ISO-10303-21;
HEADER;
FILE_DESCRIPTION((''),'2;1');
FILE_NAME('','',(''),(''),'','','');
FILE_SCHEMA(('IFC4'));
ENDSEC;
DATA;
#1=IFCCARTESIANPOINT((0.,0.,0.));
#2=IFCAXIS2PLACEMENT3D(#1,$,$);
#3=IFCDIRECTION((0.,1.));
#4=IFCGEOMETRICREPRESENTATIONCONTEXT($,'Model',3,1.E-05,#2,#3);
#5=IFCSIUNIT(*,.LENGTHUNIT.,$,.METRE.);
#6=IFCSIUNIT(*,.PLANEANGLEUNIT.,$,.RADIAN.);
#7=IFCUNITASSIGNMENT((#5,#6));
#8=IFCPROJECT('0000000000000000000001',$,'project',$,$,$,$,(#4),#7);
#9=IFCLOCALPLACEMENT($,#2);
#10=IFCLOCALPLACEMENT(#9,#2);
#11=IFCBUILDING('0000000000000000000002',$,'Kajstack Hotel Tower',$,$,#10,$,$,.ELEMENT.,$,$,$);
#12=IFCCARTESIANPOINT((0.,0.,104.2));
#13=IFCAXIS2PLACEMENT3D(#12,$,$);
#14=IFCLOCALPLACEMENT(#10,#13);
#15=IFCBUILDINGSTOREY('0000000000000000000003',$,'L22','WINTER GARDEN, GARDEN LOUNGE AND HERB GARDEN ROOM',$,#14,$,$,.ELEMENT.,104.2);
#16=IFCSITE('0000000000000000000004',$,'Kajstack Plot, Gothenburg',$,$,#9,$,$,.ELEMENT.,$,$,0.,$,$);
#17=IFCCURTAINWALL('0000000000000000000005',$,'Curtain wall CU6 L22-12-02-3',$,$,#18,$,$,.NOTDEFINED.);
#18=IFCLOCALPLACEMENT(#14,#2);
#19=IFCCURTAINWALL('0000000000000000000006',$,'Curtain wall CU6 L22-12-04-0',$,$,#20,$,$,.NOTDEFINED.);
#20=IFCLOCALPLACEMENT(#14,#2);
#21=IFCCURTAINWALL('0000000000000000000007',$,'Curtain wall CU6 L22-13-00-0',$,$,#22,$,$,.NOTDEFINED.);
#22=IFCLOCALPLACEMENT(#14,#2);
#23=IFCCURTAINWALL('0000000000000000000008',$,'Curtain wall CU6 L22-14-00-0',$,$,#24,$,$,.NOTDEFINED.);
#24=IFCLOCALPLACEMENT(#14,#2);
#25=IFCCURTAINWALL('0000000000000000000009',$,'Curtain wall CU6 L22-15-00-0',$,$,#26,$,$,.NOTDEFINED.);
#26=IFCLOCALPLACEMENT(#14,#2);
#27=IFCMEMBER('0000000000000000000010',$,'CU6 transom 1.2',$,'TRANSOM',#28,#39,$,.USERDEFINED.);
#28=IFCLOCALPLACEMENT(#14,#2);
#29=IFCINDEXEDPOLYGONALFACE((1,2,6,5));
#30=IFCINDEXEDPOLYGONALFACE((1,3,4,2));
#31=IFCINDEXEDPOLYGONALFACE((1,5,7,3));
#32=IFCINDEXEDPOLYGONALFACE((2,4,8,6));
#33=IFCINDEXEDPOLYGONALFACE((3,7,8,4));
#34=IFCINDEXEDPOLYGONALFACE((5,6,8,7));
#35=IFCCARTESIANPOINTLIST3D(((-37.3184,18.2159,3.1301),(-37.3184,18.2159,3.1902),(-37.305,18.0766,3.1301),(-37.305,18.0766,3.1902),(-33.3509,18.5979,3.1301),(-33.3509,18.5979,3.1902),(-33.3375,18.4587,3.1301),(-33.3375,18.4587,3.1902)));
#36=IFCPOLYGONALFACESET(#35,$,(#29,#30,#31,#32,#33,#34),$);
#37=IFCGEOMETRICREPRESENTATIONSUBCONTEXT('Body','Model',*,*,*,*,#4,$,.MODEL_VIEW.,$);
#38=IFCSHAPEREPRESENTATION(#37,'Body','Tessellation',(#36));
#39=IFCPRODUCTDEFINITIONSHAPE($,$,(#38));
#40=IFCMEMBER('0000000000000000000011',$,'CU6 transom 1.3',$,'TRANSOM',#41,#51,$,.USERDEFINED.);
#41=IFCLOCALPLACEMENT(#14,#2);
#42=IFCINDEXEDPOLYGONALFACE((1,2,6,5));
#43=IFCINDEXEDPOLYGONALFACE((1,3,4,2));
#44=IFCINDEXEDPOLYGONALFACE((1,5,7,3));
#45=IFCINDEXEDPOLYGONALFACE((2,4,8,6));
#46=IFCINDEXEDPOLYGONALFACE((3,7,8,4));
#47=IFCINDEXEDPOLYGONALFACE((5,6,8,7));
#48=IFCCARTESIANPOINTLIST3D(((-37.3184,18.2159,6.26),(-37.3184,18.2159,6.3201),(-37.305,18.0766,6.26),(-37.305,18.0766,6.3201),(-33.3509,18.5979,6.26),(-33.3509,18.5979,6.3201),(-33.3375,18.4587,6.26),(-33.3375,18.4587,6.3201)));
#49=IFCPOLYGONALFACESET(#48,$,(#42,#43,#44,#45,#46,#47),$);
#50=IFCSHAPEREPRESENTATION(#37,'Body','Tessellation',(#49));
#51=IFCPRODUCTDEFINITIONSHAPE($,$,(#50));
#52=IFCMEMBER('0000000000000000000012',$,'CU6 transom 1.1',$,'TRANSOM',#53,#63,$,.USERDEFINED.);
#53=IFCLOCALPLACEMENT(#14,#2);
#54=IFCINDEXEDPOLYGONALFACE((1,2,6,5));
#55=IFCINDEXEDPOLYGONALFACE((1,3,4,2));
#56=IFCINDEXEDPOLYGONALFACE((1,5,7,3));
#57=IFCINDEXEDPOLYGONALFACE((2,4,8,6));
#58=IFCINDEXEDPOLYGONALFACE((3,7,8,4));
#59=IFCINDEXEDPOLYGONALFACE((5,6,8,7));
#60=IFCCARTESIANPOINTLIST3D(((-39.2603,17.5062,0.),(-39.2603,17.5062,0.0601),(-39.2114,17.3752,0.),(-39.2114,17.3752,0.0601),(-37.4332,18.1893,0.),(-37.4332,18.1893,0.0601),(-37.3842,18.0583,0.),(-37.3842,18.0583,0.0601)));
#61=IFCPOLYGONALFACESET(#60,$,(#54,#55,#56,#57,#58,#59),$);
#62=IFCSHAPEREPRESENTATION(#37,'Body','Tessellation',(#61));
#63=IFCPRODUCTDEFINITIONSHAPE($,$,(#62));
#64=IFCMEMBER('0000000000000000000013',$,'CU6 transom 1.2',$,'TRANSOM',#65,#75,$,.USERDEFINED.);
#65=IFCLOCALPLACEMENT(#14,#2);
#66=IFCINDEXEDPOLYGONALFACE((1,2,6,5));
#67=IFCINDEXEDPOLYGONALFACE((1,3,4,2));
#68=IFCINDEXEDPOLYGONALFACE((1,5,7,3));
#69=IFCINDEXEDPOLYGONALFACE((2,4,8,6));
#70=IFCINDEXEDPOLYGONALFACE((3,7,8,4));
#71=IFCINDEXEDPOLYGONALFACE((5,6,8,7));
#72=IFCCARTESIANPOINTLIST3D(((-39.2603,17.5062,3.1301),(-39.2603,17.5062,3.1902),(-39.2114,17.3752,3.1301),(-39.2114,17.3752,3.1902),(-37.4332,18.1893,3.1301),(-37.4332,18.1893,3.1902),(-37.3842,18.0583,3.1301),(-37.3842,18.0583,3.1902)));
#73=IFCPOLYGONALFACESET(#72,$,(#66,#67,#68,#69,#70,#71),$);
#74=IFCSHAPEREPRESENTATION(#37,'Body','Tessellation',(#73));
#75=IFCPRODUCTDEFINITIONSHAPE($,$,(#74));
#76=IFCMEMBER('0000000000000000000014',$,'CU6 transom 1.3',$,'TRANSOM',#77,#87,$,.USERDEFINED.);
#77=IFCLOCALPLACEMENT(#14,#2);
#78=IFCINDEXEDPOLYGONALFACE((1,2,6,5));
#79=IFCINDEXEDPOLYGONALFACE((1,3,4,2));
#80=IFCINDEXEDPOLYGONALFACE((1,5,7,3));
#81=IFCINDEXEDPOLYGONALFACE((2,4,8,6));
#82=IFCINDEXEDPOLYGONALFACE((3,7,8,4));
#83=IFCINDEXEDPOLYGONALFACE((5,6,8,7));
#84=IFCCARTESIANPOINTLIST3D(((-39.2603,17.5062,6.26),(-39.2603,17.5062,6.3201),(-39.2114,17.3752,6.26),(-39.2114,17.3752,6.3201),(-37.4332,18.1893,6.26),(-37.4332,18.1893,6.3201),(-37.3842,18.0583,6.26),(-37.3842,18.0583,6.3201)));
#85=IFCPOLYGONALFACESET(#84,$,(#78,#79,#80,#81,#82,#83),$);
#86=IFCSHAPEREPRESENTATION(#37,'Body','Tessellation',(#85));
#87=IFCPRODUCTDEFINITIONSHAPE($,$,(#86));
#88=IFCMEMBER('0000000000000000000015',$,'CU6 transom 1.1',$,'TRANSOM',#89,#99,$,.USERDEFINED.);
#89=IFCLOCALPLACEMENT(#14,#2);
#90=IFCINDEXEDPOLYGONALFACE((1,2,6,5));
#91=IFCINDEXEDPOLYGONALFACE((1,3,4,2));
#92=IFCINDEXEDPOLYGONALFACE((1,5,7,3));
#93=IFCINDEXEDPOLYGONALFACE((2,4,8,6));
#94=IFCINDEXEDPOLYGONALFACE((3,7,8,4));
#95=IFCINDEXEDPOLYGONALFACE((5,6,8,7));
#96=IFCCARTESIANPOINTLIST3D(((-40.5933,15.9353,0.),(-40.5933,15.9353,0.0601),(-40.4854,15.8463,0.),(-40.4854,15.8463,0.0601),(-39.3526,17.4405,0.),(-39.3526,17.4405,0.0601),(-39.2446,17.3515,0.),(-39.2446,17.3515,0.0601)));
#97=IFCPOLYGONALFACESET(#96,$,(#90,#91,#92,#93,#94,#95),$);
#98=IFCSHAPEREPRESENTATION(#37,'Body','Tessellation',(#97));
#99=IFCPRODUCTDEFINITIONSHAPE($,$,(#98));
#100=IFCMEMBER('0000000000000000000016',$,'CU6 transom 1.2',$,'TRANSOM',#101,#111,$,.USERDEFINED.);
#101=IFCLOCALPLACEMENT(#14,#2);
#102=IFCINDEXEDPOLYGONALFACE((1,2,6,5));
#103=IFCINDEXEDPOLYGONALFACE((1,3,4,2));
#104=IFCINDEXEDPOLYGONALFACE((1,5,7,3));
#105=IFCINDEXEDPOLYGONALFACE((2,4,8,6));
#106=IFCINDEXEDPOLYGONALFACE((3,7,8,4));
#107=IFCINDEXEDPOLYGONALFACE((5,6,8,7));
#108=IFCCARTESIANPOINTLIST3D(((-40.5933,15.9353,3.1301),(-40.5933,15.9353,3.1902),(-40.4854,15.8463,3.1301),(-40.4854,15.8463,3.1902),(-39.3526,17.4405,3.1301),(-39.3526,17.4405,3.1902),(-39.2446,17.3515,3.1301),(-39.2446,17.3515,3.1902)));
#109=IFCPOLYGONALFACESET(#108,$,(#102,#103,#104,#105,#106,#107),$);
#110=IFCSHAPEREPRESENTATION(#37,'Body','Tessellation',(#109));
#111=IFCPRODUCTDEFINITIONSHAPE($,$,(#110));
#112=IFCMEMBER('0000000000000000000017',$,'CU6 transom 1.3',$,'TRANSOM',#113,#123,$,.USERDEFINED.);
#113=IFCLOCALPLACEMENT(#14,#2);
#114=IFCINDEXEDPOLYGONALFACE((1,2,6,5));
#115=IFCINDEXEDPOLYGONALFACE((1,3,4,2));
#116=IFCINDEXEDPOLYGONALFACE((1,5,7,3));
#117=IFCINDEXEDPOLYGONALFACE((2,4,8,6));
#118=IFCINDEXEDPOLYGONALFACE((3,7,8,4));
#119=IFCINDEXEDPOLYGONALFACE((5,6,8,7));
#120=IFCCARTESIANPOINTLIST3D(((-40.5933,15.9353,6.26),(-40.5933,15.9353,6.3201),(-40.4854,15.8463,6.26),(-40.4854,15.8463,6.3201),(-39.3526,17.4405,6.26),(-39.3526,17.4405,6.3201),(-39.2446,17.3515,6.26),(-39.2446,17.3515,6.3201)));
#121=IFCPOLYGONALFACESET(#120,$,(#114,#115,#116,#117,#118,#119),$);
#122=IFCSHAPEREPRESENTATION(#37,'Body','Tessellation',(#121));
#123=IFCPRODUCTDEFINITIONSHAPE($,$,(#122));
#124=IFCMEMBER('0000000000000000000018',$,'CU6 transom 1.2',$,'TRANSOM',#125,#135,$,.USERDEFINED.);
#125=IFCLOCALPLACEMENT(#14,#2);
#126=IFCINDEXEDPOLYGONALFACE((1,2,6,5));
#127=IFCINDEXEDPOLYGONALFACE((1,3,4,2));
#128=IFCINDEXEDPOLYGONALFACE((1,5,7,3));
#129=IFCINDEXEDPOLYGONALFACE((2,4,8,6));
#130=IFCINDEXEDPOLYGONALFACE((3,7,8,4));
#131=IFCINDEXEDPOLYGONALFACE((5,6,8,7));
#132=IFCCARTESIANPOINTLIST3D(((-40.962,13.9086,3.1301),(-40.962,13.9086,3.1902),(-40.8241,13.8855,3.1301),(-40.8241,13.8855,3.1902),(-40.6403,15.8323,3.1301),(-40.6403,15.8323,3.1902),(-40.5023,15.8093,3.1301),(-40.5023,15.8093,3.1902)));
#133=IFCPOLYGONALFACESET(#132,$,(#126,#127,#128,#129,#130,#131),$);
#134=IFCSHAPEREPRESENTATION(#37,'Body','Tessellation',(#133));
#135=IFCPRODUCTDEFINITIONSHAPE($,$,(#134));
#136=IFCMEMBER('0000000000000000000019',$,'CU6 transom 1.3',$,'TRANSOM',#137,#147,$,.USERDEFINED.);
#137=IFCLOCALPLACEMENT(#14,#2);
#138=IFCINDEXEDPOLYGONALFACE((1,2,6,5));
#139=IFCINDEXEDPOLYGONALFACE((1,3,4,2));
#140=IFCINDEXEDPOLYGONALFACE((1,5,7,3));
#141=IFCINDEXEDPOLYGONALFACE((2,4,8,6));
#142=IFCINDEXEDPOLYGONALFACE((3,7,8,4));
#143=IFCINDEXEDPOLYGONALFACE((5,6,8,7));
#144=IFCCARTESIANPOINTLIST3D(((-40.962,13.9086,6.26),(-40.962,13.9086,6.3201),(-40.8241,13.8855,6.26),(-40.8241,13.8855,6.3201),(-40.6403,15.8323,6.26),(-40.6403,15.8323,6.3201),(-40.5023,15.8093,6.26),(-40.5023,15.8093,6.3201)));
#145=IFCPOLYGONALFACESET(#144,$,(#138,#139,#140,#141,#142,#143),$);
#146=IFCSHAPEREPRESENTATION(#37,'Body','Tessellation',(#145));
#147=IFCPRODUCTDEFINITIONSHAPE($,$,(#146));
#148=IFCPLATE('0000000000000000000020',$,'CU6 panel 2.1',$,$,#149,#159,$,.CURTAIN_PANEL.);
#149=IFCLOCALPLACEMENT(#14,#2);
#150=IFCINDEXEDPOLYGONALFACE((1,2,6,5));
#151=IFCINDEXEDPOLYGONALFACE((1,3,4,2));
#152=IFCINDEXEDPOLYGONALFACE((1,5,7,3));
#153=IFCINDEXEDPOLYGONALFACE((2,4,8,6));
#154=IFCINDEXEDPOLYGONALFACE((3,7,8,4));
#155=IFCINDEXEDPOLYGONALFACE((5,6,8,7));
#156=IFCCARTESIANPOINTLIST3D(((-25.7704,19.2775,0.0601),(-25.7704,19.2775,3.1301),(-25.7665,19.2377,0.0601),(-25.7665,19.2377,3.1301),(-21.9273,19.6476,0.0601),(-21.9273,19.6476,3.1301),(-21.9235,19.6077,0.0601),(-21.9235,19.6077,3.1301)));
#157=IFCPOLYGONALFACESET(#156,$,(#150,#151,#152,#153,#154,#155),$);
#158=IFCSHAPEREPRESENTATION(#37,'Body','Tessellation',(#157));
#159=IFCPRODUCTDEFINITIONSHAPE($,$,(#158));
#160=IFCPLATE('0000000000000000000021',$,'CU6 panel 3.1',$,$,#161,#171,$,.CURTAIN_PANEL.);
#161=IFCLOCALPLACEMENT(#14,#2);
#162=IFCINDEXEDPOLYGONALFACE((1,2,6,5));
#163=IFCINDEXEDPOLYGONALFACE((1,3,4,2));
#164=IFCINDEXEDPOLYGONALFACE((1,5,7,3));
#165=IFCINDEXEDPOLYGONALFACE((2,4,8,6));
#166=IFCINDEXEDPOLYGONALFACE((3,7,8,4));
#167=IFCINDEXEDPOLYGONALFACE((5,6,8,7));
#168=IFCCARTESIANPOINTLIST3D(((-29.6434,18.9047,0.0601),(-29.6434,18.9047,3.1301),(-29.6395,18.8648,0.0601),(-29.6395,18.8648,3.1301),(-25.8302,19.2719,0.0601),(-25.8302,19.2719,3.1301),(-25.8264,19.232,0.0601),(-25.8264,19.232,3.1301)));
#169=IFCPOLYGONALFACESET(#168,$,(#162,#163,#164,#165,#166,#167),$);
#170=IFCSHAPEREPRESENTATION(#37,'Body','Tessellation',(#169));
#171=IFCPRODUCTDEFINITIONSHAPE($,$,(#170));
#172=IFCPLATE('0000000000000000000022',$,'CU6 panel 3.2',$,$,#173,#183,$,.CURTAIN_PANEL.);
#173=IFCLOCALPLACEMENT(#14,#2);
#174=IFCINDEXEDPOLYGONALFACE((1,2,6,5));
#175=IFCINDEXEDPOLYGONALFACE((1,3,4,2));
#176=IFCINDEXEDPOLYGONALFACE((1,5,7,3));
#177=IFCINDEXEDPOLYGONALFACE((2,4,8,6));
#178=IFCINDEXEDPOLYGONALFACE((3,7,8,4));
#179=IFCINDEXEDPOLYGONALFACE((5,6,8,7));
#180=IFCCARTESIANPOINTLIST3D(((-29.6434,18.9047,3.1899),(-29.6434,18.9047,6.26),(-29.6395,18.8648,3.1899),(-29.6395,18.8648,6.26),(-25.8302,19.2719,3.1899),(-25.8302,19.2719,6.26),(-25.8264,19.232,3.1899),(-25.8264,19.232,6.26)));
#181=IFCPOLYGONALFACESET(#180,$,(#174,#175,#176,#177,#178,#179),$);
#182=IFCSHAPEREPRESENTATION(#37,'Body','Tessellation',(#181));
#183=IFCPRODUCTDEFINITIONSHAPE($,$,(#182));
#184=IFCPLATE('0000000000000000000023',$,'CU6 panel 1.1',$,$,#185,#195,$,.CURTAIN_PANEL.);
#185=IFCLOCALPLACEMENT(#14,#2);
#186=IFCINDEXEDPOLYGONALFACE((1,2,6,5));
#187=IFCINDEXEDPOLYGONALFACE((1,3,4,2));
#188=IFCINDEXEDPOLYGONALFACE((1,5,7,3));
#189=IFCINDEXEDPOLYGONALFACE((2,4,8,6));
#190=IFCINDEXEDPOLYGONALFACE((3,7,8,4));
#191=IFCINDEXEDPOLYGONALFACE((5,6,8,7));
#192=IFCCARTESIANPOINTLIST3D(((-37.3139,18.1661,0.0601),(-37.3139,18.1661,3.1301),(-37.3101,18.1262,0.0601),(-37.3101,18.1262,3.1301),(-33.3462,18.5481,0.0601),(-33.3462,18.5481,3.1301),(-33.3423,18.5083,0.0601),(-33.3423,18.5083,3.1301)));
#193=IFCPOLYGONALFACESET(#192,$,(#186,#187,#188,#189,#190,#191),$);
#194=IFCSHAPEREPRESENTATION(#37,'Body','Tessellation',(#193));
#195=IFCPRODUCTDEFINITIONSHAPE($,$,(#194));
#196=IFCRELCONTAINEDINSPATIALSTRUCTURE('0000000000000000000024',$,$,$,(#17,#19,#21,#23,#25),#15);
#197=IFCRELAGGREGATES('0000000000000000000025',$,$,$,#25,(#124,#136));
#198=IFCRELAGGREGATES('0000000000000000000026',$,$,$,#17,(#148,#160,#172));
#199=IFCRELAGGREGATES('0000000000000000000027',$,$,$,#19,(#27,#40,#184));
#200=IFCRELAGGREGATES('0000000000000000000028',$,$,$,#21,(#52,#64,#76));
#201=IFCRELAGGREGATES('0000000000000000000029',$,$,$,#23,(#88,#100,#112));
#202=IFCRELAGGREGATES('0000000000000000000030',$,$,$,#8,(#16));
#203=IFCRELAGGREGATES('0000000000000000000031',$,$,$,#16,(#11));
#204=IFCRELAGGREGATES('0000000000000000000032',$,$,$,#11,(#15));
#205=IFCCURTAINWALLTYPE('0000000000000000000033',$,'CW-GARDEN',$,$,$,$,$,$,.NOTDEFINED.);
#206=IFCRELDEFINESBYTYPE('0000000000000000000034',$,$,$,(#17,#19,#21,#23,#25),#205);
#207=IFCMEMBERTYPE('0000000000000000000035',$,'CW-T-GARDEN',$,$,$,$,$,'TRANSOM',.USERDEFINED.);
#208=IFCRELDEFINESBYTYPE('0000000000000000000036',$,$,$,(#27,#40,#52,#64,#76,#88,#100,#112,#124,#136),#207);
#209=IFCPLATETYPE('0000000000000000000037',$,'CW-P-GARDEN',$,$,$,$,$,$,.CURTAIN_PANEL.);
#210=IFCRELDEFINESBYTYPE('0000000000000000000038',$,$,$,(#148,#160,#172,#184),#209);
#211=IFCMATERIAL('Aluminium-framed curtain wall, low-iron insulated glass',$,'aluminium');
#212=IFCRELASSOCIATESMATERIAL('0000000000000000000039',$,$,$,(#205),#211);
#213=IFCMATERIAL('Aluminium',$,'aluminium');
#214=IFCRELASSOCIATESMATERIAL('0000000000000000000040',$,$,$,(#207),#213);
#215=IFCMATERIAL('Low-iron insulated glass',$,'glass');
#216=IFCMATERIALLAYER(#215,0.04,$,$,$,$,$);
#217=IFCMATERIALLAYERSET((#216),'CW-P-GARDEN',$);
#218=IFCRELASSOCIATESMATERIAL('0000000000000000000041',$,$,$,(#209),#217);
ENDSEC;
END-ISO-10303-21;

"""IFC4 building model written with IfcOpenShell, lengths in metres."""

from ifc_helpers import new_model, si_unit, direction, frame, origin, origin_2d, place, context, subcontext, project, spatial, rectangle, extrude, material, layer, layer_set, material_profile, profile_set, type_object, element, aggregate, save


model = new_model("IFC4")

# Units and contexts
model_context = context("Model", 3, precision=1e-05, world=origin(), true_north=direction((0.0, 1.0)))
body_context = subcontext(model_context, "Body", "Model", "MODEL_VIEW")
ifc_project = project(units=[si_unit("LENGTHUNIT", "METRE"), si_unit("PLANEANGLEUNIT", "RADIAN")], contexts=[model_context])

# Site, building, storey
site_placement = place(None, origin())
site = spatial("IfcSite", under=ifc_project, at=site_placement, Name="Kajstack Plot, Gothenburg", CompositionType="ELEMENT", RefElevation=0.0)
building_placement = place(site_placement, origin())
building = spatial("IfcBuilding", under=site, at=building_placement, Name="Kajstack Hotel Tower", CompositionType="ELEMENT")
storey_placement = place(building_placement, frame((0.0, 0.0, 104.2)))
storey = spatial("IfcBuildingStorey", under=building, at=storey_placement, Name="L22", Description="WINTER GARDEN, GARDEN LOUNGE AND HERB GARDEN ROOM", CompositionType="ELEMENT", Elevation=104.2)

# Curtain walls
ifc_material_1 = material(Name="Aluminium-framed curtain wall, low-iron insulated glass", Category="aluminium")
curtain_wall_type = type_object("IfcCurtainWallType", Name="CW-GARDEN", PredefinedType="NOTDEFINED", material=ifc_material_1)
curtain_wall_1_placement = place(storey_placement, origin())
curtain_wall_1 = element("IfcCurtainWall", 1, at=curtain_wall_1_placement, inside=storey, type_object=curtain_wall_type, Name="Curtain wall CU6 L22-12-02-3", PredefinedType="NOTDEFINED")
ifc_material_2 = material(Name="Aluminium", Category="aluminium")
curtain_wall_2_placement = place(storey_placement, origin())
curtain_wall_2 = element("IfcCurtainWall", 2, at=curtain_wall_2_placement, inside=storey, type_object=curtain_wall_type, Name="Curtain wall CU6 L22-12-04-0", PredefinedType="NOTDEFINED")
curtain_wall_3_placement = place(storey_placement, origin())
curtain_wall_3 = element("IfcCurtainWall", 3, at=curtain_wall_3_placement, inside=storey, type_object=curtain_wall_type, Name="Curtain wall CU6 L22-13-00-0", PredefinedType="NOTDEFINED")
curtain_wall_4_placement = place(storey_placement, origin())
curtain_wall_4 = element("IfcCurtainWall", 4, at=curtain_wall_4_placement, inside=storey, type_object=curtain_wall_type, Name="Curtain wall CU6 L22-14-00-0", PredefinedType="NOTDEFINED")

# Curtain wall
curtain_wall_5_placement = place(storey_placement, origin())
curtain_wall_5 = element("IfcCurtainWall", 5, at=curtain_wall_5_placement, inside=storey, type_object=curtain_wall_type, Name="Curtain wall CU6 L22-15-00-0", PredefinedType="NOTDEFINED")

# Members
ifc_material_profile_1 = material_profile(ifc_material_2, rectangle(XDim=0.1399, YDim=0.0601, at=origin_2d()), Name="Aluminium transom 140 x 60")
ifc_profile_set_1 = profile_set([ifc_material_profile_1], Name="Aluminium")
member_type_1 = type_object("IfcMemberType", Name="CW-T-GARDEN", ElementType="TRANSOM", PredefinedType="USERDEFINED", material=ifc_profile_set_1)
member_1_placement = place(storey_placement, frame((-33.3442, 18.5283, 3.1602), z_axis=(-0.995395, -0.095858, 0.0), x_axis=(0.095858, -0.995395, 0.0)))
member_1 = element("IfcMember", 6, at=member_1_placement, type_object=member_type_1, Name="CU6 transom 1.2", ObjectType="TRANSOM", PredefinedType="USERDEFINED", context=body_context, shape_type="SweptSolid", body=[
    extrude(rectangle(XDim=0.1399, YDim=0.0601, at=origin_2d()), origin(), (0.0, 0.0, 1.0), 3.9858),
])
member_2_placement = place(storey_placement, frame((-33.3442, 18.5283, 6.29), z_axis=(-0.995395, -0.095858, 0.0), x_axis=(0.095858, -0.995395, 0.0)))
member_2 = element("IfcMember", 7, at=member_2_placement, type_object=member_type_1, Name="CU6 transom 1.3", ObjectType="TRANSOM", PredefinedType="USERDEFINED", context=body_context, shape_type="SweptSolid", body=[
    extrude(rectangle(XDim=0.1399, YDim=0.0601, at=origin_2d()), origin(), (0.0, 0.0, 1.0), 3.9858),
])
member_3_placement = place(storey_placement, frame((-37.4087, 18.1238, 0.03), z_axis=(-0.936678, -0.350191, 0.0), x_axis=(0.350191, -0.936678, 0.0)))
member_3 = element("IfcMember", 8, at=member_3_placement, type_object=member_type_1, Name="CU6 transom 1.1", ObjectType="TRANSOM", PredefinedType="USERDEFINED", context=body_context, shape_type="SweptSolid", body=[
    extrude(rectangle(XDim=0.1399, YDim=0.0601, at=origin_2d()), origin(), (0.0, 0.0, 1.0), 1.9507),
])
member_4_placement = place(storey_placement, frame((-37.4087, 18.1238, 3.1602), z_axis=(-0.936678, -0.350191, 0.0), x_axis=(0.350191, -0.936678, 0.0)))
member_4 = element("IfcMember", 9, at=member_4_placement, type_object=member_type_1, Name="CU6 transom 1.2", ObjectType="TRANSOM", PredefinedType="USERDEFINED", context=body_context, shape_type="SweptSolid", body=[
    extrude(rectangle(XDim=0.1399, YDim=0.0601, at=origin_2d()), origin(), (0.0, 0.0, 1.0), 1.9507),
])
member_5_placement = place(storey_placement, frame((-37.4087, 18.1238, 6.29), z_axis=(-0.936678, -0.350191, 0.0), x_axis=(0.350191, -0.936678, 0.0)))
member_5 = element("IfcMember", 10, at=member_5_placement, type_object=member_type_1, Name="CU6 transom 1.3", ObjectType="TRANSOM", PredefinedType="USERDEFINED", context=body_context, shape_type="SweptSolid", body=[
    extrude(rectangle(XDim=0.1399, YDim=0.0601, at=origin_2d()), origin(), (0.0, 0.0, 1.0), 1.9507),
])
member_6_placement = place(storey_placement, frame((-39.2986, 17.396, 0.03), z_axis=(-0.636076, -0.771627, 0.0), x_axis=(0.771627, -0.636076, 0.0)))
member_6 = element("IfcMember", 11, at=member_6_placement, type_object=member_type_1, Name="CU6 transom 1.1", ObjectType="TRANSOM", PredefinedType="USERDEFINED", context=body_context, shape_type="SweptSolid", body=[
    extrude(rectangle(XDim=0.1399, YDim=0.0601, at=origin_2d()), origin(), (0.0, 0.0, 1.0), 1.9507),
])
member_7_placement = place(storey_placement, frame((-39.2986, 17.396, 3.1602), z_axis=(-0.636076, -0.771627, 0.0), x_axis=(0.771627, -0.636076, 0.0)))
member_7 = element("IfcMember", 12, at=member_7_placement, type_object=member_type_1, Name="CU6 transom 1.2", ObjectType="TRANSOM", PredefinedType="USERDEFINED", context=body_context, shape_type="SweptSolid", body=[
    extrude(rectangle(XDim=0.1399, YDim=0.0601, at=origin_2d()), origin(), (0.0, 0.0, 1.0), 1.9507),
])
member_8_placement = place(storey_placement, frame((-39.2986, 17.396, 6.29), z_axis=(-0.636076, -0.771627, 0.0), x_axis=(0.771627, -0.636076, 0.0)))
member_8 = element("IfcMember", 13, at=member_8_placement, type_object=member_type_1, Name="CU6 transom 1.3", ObjectType="TRANSOM", PredefinedType="USERDEFINED", context=body_context, shape_type="SweptSolid", body=[
    extrude(rectangle(XDim=0.1399, YDim=0.0601, at=origin_2d()), origin(), (0.0, 0.0, 1.0), 1.9507),
])
member_9_placement = place(storey_placement, frame((-40.5713, 15.8208, 3.1602), z_axis=(-0.164967, -0.986299, 0.0), x_axis=(0.986299, -0.164967, 0.0)))
member_9 = element("IfcMember", 14, at=member_9_placement, type_object=member_type_1, Name="CU6 transom 1.2", ObjectType="TRANSOM", PredefinedType="USERDEFINED", context=body_context, shape_type="SweptSolid", body=[
    extrude(rectangle(XDim=0.1399, YDim=0.0601, at=origin_2d()), origin(), (0.0, 0.0, 1.0), 1.9504),
])
member_10_placement = place(storey_placement, frame((-40.5713, 15.8208, 6.29), z_axis=(-0.164967, -0.986299, 0.0), x_axis=(0.986299, -0.164967, 0.0)))
member_10 = element("IfcMember", 15, at=member_10_placement, type_object=member_type_1, Name="CU6 transom 1.3", ObjectType="TRANSOM", PredefinedType="USERDEFINED", context=body_context, shape_type="SweptSolid", body=[
    extrude(rectangle(XDim=0.1399, YDim=0.0601, at=origin_2d()), origin(), (0.0, 0.0, 1.0), 1.9504),
])
aggregate(curtain_wall_5, [member_9, member_10])

# Plates
ifc_material_3 = material(Name="Low-iron insulated glass", Category="glass")
ifc_layer_1 = layer(ifc_material_3, 0.04)
ifc_layer_set_1 = layer_set([ifc_layer_1], Name="CW-P-GARDEN")
plate_type = type_object("IfcPlateType", Name="CW-P-GARDEN", PredefinedType="CURTAIN_PANEL", material=ifc_layer_set_1)
plate_1_placement = place(storey_placement, frame((-23.8469, 19.4426, 0.0601), z_axis=(0.0, 0.0, 1.0), x_axis=(-0.995396, -0.095846, 0.0)))
plate_1 = element("IfcPlate", 16, at=plate_1_placement, type_object=plate_type, Name="CU6 panel 2.1", PredefinedType="CURTAIN_PANEL", context=body_context, shape_type="SweptSolid", body=[
    extrude(rectangle(XDim=3.8608, YDim=0.04, at=origin_2d()), origin(), (0.0, 0.0, 1.0), 3.0701),
])
plate_2_placement = place(storey_placement, frame((-27.7349, 19.0684, 0.0601), z_axis=(0.0, 0.0, 1.0), x_axis=(-0.995396, -0.095846, 0.0)))
plate_2 = element("IfcPlate", 17, at=plate_2_placement, type_object=plate_type, Name="CU6 panel 3.1", PredefinedType="CURTAIN_PANEL", context=body_context, shape_type="SweptSolid", body=[
    extrude(rectangle(XDim=3.8308, YDim=0.04, at=origin_2d()), origin(), (0.0, 0.0, 1.0), 3.0701),
])
plate_3_placement = place(storey_placement, frame((-27.7349, 19.0684, 3.1899), z_axis=(0.0, 0.0, 1.0), x_axis=(-0.995396, -0.095846, 0.0)))
plate_3 = element("IfcPlate", 18, at=plate_3_placement, type_object=plate_type, Name="CU6 panel 3.2", PredefinedType="CURTAIN_PANEL", context=body_context, shape_type="SweptSolid", body=[
    extrude(rectangle(XDim=3.8308, YDim=0.04, at=origin_2d()), origin(), (0.0, 0.0, 1.0), 3.0701),
])
aggregate(curtain_wall_1, [plate_1, plate_2, plate_3])
plate_4_placement = place(storey_placement, frame((-35.3281, 18.3372, 0.0601), z_axis=(0.0, 0.0, 1.0), x_axis=(-0.995396, -0.095846, 0.0)))
plate_4 = element("IfcPlate", 19, at=plate_4_placement, type_object=plate_type, Name="CU6 panel 1.1", PredefinedType="CURTAIN_PANEL", context=body_context, shape_type="SweptSolid", body=[
    extrude(rectangle(XDim=3.9861, YDim=0.04, at=origin_2d()), origin(), (0.0, 0.0, 1.0), 3.0701),
])
aggregate(curtain_wall_2, [member_1, member_2, plate_4])
aggregate(curtain_wall_3, [member_3, member_4, member_5])
aggregate(curtain_wall_4, [member_6, member_7, member_8])

save(model, "model.ifc")
